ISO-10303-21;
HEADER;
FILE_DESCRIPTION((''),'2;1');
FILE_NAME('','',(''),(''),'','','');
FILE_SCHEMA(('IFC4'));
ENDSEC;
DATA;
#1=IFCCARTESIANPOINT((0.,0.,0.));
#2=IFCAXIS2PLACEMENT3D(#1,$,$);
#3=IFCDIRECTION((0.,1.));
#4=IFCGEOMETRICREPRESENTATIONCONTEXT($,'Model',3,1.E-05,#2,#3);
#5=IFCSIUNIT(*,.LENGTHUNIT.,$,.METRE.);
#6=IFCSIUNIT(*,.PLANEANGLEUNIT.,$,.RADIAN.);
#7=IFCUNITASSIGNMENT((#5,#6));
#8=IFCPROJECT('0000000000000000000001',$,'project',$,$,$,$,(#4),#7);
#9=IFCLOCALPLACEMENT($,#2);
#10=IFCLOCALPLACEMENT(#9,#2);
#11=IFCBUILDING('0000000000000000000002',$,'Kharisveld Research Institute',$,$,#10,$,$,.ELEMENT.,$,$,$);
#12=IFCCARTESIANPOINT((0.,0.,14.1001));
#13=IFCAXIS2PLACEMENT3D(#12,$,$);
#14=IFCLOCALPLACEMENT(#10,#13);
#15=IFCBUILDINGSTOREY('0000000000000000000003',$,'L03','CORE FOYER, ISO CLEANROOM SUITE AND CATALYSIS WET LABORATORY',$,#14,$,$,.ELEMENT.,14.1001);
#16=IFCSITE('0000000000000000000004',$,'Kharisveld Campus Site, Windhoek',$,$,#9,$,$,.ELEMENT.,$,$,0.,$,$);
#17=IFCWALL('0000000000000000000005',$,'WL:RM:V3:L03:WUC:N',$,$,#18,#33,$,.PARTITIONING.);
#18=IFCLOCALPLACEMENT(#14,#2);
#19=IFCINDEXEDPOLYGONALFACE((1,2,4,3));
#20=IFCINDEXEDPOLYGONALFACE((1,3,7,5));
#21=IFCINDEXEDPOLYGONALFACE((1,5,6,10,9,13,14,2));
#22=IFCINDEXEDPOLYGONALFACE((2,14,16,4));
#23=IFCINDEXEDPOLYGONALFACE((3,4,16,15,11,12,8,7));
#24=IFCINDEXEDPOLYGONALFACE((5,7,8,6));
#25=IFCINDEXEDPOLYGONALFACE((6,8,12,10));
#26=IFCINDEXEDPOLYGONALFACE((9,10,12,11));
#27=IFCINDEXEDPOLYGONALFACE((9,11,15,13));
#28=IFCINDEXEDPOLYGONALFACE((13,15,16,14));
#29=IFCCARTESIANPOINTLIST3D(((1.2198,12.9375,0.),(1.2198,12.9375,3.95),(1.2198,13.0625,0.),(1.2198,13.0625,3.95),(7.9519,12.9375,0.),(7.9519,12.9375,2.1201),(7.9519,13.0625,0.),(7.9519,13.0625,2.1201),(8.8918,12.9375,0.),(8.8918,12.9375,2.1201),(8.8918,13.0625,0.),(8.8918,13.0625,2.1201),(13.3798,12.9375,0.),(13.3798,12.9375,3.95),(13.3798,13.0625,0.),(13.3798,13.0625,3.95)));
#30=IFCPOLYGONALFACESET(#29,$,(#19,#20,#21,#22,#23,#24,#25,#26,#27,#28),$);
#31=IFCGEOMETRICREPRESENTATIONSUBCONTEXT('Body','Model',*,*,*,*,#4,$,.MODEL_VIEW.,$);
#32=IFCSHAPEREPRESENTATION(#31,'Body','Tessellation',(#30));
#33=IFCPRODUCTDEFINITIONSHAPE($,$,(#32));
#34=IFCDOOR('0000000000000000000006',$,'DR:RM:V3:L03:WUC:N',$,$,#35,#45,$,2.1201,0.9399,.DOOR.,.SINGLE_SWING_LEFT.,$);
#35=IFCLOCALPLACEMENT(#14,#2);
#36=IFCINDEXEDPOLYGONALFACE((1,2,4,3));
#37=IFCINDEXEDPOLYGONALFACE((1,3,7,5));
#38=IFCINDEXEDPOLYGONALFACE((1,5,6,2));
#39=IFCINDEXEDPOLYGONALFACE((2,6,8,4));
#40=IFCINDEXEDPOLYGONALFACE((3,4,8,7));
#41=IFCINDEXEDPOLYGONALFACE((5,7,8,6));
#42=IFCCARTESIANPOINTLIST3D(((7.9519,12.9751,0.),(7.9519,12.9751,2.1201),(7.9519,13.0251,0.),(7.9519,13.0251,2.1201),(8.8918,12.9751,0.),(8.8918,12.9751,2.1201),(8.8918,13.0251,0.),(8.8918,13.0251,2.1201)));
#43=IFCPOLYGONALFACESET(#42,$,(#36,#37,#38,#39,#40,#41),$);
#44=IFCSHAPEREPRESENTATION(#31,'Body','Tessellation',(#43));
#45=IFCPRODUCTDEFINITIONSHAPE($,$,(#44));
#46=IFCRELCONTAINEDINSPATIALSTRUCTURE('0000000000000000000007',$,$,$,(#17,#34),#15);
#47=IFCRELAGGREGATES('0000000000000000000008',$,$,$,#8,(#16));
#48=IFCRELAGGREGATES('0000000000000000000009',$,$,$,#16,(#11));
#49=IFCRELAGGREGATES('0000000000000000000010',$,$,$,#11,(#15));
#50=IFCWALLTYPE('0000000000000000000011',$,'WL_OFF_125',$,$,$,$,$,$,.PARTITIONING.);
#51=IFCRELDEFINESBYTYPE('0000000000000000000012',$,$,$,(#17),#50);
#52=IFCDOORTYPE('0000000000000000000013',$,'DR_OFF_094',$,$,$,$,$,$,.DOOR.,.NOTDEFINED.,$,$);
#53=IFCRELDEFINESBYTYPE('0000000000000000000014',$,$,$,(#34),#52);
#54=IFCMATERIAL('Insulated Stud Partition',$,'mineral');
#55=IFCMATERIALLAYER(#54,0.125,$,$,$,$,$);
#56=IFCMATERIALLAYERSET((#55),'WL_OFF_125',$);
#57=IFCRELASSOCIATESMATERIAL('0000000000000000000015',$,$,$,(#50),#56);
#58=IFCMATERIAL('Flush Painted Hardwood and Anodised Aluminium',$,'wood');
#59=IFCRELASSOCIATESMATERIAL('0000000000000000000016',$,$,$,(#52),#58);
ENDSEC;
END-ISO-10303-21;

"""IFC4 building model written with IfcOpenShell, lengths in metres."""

from ifc_helpers import new_model, si_unit, direction, frame, frame_2d, origin, place, context, subcontext, project, spatial, rectangle, extrude, material, layer, layer_set, type_object, element, fill, save


model = new_model("IFC4")

# Units and contexts
model_context = context("Model", 3, precision=1e-05, world=origin(), true_north=direction((0.0, 1.0)))
body_context = subcontext(model_context, "Body", "Model", "MODEL_VIEW")
ifc_project = project(units=[si_unit("LENGTHUNIT", "METRE"), si_unit("PLANEANGLEUNIT", "RADIAN")], contexts=[model_context])

# Site, building, storey
site_placement = place(None, origin())
site = spatial("IfcSite", under=ifc_project, at=site_placement, Name="Kharisveld Campus Site, Windhoek", CompositionType="ELEMENT", RefElevation=0.0)
building_placement = place(site_placement, origin())
building = spatial("IfcBuilding", under=site, at=building_placement, Name="Kharisveld Research Institute", CompositionType="ELEMENT")
storey_placement = place(building_placement, frame((0.0, 0.0, 14.1001)))
storey = spatial("IfcBuildingStorey", under=building, at=storey_placement, Name="L03", Description="CORE FOYER, ISO CLEANROOM SUITE AND CATALYSIS WET LABORATORY", CompositionType="ELEMENT", Elevation=14.1001)

# Shared definitions
ifc_material_1 = material(Name="Insulated Stud Partition", Category="mineral")
ifc_layer_1 = layer(ifc_material_1, 0.125)
ifc_layer_set_1 = layer_set([ifc_layer_1], Name="WL_OFF_125")
wall_type_1 = type_object("IfcWallType", Name="WL_OFF_125", PredefinedType="PARTITIONING", material=ifc_layer_set_1)

# Wall, opening, door
wall_1_placement = place(storey_placement, frame((13.3799, 13.0, 0.0), z_axis=(0.0, 0.0, 1.0), x_axis=(-1.0, 0.0, 0.0)))
wall_1 = element("IfcWall", 1, at=wall_1_placement, inside=storey, type_object=wall_type_1, Name="WL:RM:V3:L03:WUC:N", PredefinedType="PARTITIONING", context=body_context, shape_type="SweptSolid", body=[
    extrude(rectangle(XDim=12.1599, YDim=0.125, at=frame_2d((6.0801, 0.0))), origin(), (0.0, 0.0, 1.0), 3.95),
])
opening_1_placement = place(wall_1_placement, frame((4.488, 0.0, 0.0)))
opening_1 = element("IfcOpeningElement", 2, at=opening_1_placement, cuts=wall_1, PredefinedType="OPENING", context=body_context, shape_type="SweptSolid", body=[
    extrude(rectangle(XDim=0.9399, YDim=2.1201, at=frame_2d((0.47, 1.0601))), frame((0.0, 0.0625, 0.0), z_axis=(0.0, -1.0, 0.0), x_axis=(1.0, 0.0, 0.0)), (0.0, 0.0, 1.0), 0.125),
])
ifc_material_2 = material(Name="Flush Painted Hardwood and Anodised Aluminium", Category="wood")
door_type = type_object("IfcDoorType", Name="DR_OFF_094", OperationType="NOTDEFINED", PredefinedType="DOOR", material=ifc_material_2)
door_placement = place(opening_1_placement, origin())
door = element("IfcDoor", 3, at=door_placement, inside=storey, type_object=door_type, Name="DR:RM:V3:L03:WUC:N", OperationType="SINGLE_SWING_LEFT", OverallHeight=2.1201, OverallWidth=0.9399, PredefinedType="DOOR", context=body_context, shape_type="SweptSolid", body=[
    extrude(rectangle(XDim=0.9399, YDim=2.1201, at=frame_2d((0.47, 1.0601))), frame((0.0, 0.0249, 0.0), z_axis=(0.0, -1.0, 0.0), x_axis=(1.0, 0.0, 0.0)), (0.0, 0.0, 1.0), 0.05),
])
fill(opening_1, door)

save(model, "model.ifc")
